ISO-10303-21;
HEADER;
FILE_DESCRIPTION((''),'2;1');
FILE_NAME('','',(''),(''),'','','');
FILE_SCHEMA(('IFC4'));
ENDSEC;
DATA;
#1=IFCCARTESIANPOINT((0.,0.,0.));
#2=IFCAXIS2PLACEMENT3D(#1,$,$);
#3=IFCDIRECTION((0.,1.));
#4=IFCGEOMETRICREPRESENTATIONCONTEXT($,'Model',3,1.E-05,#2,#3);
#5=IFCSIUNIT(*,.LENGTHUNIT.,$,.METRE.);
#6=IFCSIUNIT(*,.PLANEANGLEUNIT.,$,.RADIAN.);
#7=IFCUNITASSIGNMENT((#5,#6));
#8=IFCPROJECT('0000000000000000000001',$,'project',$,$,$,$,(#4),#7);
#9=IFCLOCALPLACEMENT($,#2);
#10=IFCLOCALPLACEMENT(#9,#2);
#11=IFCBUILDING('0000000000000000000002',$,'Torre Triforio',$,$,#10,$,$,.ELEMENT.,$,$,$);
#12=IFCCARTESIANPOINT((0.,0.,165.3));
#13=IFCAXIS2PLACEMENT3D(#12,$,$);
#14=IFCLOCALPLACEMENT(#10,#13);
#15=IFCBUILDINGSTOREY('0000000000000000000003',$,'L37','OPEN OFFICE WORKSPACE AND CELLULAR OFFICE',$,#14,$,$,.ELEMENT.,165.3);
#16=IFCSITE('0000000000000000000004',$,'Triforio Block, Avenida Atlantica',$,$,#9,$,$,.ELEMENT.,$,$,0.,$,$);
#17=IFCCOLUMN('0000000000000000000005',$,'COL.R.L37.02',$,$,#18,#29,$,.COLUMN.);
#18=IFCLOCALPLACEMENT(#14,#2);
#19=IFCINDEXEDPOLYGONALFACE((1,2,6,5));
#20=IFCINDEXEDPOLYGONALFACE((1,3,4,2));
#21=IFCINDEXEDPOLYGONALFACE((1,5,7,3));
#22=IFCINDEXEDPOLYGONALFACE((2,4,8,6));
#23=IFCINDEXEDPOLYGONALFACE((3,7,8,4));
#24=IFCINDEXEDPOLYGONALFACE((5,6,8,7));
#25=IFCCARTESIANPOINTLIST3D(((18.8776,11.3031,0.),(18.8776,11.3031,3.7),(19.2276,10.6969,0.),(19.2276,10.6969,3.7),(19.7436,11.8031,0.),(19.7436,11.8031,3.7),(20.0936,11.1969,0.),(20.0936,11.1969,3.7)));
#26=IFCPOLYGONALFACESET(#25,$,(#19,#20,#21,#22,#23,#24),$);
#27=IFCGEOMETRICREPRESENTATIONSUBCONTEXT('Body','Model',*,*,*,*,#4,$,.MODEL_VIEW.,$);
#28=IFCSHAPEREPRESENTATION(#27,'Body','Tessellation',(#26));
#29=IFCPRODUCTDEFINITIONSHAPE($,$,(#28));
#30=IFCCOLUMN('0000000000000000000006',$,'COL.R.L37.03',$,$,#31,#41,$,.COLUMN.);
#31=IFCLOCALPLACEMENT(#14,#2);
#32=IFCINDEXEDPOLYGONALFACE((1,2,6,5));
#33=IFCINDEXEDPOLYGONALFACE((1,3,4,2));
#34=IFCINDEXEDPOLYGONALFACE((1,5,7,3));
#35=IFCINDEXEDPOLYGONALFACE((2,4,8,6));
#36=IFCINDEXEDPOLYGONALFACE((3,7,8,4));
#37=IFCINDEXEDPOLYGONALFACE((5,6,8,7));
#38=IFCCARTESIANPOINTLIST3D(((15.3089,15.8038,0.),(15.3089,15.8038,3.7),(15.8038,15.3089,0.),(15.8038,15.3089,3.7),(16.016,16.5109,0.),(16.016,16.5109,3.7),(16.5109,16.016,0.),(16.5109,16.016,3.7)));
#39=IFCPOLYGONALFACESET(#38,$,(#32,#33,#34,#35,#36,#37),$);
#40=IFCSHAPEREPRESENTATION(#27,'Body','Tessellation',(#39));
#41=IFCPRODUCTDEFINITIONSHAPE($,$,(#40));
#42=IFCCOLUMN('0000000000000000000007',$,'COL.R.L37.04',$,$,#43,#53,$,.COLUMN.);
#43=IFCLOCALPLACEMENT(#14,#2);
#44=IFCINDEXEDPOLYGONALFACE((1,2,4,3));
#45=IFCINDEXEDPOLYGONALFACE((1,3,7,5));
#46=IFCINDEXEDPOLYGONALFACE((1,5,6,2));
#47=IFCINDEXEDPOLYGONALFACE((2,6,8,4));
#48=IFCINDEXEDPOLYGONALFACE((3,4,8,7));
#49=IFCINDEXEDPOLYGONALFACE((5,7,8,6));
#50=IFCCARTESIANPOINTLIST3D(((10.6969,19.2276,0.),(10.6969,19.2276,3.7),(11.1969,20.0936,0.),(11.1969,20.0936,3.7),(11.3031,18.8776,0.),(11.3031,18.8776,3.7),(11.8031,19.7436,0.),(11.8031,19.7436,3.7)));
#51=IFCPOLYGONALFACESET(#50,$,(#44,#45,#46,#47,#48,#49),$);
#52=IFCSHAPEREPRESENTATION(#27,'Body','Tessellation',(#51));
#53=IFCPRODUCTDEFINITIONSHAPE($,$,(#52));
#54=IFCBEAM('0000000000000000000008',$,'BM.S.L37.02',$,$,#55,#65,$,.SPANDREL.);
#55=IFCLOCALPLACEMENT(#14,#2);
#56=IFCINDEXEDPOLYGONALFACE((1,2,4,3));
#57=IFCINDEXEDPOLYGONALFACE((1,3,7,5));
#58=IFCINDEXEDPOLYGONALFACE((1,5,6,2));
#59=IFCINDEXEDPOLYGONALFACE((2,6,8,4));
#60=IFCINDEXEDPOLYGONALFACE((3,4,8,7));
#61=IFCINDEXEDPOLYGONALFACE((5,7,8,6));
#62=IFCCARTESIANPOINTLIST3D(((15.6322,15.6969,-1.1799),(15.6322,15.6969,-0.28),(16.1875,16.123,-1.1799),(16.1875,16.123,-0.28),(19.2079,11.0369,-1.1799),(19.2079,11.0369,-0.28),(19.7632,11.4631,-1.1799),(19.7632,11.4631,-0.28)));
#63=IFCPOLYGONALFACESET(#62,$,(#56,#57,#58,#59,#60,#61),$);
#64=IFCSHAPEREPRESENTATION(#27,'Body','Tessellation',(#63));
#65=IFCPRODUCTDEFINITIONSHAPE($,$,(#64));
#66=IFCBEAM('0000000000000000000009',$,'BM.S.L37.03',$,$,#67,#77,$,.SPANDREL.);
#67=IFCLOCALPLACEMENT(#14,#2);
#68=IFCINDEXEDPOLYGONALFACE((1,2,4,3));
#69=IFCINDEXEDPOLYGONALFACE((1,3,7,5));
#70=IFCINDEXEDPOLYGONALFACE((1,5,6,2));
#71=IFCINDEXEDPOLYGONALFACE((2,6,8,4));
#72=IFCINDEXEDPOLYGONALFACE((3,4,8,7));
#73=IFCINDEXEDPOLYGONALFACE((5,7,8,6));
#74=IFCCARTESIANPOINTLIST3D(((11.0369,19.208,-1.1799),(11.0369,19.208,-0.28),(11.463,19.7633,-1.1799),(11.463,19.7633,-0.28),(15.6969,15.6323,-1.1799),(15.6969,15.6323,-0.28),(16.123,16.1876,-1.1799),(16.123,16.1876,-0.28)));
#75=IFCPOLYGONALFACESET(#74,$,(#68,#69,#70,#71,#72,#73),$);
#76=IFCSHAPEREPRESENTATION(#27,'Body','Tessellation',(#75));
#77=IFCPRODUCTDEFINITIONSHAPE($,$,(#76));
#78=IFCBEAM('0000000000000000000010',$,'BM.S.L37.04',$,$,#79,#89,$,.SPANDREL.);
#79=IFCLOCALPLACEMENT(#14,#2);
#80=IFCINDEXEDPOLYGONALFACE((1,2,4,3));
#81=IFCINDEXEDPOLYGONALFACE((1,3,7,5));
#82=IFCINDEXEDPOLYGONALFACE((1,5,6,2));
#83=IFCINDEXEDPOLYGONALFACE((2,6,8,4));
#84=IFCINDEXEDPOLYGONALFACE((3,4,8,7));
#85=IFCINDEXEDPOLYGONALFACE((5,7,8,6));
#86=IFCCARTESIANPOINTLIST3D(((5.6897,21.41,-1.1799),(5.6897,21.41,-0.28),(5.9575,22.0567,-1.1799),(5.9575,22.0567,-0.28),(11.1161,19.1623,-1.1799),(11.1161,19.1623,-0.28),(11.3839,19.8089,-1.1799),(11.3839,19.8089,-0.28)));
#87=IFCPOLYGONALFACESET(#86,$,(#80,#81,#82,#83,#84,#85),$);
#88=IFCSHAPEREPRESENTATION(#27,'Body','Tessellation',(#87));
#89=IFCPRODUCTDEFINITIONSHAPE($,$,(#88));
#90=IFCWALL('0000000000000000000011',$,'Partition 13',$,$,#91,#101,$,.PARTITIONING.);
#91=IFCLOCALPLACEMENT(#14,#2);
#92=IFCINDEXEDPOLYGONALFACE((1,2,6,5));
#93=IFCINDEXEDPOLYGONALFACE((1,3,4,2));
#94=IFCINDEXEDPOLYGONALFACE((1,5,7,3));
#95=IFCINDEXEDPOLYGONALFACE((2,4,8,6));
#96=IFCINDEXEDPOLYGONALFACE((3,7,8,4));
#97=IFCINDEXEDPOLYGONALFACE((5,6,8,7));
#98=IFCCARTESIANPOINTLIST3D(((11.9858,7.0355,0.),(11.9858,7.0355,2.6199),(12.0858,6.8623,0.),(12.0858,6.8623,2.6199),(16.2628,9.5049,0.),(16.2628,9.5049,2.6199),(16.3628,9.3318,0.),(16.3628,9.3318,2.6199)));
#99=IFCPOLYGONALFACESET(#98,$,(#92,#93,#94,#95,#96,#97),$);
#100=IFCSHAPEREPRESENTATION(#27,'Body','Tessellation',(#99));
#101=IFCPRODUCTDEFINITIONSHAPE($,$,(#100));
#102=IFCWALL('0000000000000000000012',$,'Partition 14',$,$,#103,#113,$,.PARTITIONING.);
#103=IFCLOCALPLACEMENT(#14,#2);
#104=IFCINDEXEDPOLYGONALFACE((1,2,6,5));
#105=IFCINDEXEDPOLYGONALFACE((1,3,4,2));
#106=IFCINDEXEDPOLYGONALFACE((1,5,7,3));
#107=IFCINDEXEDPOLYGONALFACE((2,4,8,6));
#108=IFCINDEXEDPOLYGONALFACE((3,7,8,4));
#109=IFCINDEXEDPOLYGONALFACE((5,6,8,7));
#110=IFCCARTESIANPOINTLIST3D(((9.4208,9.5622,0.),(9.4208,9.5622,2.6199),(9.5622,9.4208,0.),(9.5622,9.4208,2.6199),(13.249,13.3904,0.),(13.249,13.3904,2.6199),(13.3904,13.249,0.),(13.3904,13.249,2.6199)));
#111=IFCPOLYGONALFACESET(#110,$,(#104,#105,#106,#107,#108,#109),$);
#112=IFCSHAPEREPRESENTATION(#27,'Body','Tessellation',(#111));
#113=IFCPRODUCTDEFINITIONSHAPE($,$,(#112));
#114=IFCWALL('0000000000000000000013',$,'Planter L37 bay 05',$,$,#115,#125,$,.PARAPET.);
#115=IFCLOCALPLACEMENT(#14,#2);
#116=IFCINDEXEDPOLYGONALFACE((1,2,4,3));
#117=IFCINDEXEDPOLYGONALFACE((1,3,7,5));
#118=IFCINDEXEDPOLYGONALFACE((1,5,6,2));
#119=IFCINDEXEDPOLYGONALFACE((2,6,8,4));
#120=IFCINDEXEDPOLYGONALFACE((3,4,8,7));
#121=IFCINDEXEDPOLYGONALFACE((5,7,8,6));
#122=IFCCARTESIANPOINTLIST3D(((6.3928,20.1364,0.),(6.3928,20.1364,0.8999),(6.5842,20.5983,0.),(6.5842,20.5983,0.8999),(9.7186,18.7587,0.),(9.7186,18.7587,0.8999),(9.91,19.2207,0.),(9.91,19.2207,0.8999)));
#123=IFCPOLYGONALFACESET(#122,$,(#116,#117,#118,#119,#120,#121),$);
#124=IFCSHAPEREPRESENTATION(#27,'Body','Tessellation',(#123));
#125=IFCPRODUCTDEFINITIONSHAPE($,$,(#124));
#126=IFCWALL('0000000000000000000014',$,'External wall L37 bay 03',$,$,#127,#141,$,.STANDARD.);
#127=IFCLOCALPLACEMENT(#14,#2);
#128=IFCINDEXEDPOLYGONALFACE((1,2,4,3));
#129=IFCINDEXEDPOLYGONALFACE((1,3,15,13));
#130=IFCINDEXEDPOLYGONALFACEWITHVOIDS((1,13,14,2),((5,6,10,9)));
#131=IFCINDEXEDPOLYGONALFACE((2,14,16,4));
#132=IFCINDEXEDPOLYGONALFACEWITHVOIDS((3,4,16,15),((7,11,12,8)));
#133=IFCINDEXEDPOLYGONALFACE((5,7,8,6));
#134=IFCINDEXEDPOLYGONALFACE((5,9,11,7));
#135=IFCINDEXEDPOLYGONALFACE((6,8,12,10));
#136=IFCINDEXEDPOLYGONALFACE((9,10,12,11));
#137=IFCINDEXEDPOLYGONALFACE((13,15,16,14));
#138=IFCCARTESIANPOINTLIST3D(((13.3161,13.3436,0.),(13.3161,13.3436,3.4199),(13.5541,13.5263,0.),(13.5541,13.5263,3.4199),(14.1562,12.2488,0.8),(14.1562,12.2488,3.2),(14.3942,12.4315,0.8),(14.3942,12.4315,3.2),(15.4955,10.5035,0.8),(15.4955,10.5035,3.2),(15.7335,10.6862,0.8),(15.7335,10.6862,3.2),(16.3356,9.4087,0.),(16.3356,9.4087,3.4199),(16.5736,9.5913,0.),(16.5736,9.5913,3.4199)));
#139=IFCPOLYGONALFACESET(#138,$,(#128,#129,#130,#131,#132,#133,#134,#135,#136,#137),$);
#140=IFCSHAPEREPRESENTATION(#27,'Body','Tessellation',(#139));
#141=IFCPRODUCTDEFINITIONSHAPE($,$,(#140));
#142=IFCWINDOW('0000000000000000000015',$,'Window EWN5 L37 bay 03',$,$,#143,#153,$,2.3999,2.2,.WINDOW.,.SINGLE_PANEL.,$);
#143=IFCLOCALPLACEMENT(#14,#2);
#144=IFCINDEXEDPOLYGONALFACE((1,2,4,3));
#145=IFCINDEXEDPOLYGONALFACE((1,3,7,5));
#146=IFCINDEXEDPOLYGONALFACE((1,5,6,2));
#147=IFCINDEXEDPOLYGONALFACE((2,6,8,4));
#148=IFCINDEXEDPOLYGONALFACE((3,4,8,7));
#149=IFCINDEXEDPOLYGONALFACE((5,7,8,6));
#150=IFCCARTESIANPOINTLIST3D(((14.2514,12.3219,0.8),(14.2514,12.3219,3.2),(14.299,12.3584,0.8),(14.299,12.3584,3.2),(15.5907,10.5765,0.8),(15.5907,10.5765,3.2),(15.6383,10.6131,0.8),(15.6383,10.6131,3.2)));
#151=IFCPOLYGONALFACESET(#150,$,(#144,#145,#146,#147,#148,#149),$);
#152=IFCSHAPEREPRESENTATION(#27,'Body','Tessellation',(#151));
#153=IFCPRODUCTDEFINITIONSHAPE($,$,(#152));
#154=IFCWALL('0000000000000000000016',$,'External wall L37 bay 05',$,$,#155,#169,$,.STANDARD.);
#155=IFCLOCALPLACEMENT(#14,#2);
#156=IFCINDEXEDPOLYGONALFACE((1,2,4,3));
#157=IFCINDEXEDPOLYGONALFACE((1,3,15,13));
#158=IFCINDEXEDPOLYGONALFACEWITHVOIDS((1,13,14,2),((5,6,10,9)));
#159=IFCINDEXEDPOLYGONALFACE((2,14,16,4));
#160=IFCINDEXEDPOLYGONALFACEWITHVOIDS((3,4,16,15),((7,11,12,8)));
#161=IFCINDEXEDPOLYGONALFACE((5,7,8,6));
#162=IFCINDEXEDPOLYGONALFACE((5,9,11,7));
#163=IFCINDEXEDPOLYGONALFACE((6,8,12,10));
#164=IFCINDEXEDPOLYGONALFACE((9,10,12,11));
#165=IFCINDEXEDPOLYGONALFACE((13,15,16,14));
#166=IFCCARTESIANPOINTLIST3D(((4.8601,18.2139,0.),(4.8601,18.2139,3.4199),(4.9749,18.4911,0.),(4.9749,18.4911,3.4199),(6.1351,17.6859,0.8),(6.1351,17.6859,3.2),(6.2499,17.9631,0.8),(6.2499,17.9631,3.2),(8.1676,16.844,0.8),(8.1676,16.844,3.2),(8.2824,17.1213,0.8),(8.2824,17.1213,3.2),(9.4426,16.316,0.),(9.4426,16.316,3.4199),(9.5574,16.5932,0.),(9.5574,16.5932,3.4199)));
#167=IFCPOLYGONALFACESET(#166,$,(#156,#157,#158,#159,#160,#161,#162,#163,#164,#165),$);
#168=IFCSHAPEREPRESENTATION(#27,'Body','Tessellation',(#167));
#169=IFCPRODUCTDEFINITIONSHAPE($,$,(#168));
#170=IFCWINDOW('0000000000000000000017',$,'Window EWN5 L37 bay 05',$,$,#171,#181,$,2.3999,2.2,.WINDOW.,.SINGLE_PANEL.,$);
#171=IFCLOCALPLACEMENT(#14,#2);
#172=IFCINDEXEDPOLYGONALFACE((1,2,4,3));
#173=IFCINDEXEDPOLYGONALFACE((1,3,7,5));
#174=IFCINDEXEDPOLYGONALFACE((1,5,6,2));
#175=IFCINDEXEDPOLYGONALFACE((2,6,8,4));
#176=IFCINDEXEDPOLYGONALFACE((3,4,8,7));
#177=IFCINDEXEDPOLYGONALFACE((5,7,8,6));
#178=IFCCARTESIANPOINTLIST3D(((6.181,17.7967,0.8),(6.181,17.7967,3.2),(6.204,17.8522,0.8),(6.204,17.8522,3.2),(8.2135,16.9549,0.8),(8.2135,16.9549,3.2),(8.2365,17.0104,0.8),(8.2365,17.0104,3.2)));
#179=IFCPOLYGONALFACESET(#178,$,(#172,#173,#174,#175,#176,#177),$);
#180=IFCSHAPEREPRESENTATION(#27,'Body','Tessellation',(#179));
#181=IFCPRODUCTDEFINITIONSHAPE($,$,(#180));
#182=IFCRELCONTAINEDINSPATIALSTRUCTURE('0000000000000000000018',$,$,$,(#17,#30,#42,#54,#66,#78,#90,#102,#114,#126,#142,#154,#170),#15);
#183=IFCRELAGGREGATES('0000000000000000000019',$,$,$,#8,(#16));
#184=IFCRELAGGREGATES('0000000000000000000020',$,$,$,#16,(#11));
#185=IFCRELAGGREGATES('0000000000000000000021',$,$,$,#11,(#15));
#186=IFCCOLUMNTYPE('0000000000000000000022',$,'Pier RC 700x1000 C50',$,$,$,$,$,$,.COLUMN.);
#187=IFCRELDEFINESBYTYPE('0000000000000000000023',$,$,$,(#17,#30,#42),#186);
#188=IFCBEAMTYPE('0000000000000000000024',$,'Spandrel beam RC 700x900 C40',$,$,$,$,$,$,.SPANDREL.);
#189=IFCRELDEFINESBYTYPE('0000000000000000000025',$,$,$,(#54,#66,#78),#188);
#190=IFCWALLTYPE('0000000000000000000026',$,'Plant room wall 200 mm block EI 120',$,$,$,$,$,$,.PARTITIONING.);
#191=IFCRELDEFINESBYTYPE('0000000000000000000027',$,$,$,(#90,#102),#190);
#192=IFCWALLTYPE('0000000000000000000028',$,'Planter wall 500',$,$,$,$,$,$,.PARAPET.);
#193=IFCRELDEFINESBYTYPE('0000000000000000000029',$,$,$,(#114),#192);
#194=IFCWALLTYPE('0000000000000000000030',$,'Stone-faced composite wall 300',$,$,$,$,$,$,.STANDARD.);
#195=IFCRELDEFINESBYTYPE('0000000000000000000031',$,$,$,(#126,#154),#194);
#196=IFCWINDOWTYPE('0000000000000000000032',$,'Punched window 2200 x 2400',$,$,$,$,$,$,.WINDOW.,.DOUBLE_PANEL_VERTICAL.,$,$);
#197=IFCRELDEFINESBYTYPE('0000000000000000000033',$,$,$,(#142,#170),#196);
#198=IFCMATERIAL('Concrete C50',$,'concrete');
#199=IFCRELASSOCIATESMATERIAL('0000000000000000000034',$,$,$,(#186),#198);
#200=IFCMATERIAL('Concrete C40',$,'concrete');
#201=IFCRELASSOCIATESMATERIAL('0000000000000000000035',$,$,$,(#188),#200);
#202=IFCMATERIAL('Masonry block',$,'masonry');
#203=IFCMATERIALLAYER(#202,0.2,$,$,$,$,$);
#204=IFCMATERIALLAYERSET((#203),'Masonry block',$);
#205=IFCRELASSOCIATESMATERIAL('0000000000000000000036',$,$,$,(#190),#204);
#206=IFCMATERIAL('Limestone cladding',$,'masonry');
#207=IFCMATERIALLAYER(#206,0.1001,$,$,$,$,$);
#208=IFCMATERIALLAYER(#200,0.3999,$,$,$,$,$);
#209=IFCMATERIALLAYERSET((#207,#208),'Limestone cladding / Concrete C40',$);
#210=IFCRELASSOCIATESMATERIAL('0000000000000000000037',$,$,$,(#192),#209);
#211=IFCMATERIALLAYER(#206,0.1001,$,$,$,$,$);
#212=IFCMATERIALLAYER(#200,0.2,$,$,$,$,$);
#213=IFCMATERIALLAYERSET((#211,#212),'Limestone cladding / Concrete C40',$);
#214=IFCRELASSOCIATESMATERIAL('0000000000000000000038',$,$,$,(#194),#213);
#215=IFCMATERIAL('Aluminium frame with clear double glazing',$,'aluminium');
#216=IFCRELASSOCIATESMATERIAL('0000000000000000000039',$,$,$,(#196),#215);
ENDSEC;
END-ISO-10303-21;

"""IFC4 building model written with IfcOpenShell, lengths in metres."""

from ifc_helpers import new_model, si_unit, direction, frame, frame_2d, origin, origin_2d, place, context, subcontext, project, spatial, rectangle, extrude, material, layer, layer_set, material_profile, profile_set, type_object, element, fill, save


model = new_model("IFC4")

# Units and contexts
model_context = context("Model", 3, precision=1e-05, world=origin(), true_north=direction((0.0, 1.0)))
body_context = subcontext(model_context, "Body", "Model", "MODEL_VIEW")
ifc_project = project(units=[si_unit("LENGTHUNIT", "METRE"), si_unit("PLANEANGLEUNIT", "RADIAN")], contexts=[model_context])

# Site, building, storey
site_placement = place(None, origin())
site = spatial("IfcSite", under=ifc_project, at=site_placement, Name="Triforio Block, Avenida Atlantica", CompositionType="ELEMENT", RefElevation=0.0)
building_placement = place(site_placement, origin())
building = spatial("IfcBuilding", under=site, at=building_placement, Name="Torre Triforio", CompositionType="ELEMENT")
storey_placement = place(building_placement, frame((0.0, 0.0, 165.3)))
storey = spatial("IfcBuildingStorey", under=building, at=storey_placement, Name="L37", Description="OPEN OFFICE WORKSPACE AND CELLULAR OFFICE", CompositionType="ELEMENT", Elevation=165.3)

# Columns
ifc_material_1 = material(Name="Concrete C50", Category="concrete")
ifc_material_profile_1 = material_profile(ifc_material_1, rectangle(XDim=0.7, YDim=1.0, at=origin_2d()), Name="RC 700x1000")
ifc_profile_set_1 = profile_set([ifc_material_profile_1], Name="Concrete C50")
column_type = type_object("IfcColumnType", Name="Pier RC 700x1000 C50", PredefinedType="COLUMN", material=ifc_profile_set_1)
for number, where, z_axis, x_axis, name in (
    (1, (19.4856, 11.25, 0.0), (0.0, 0.0, 1.0), (-0.5, 0.866025, 0.0), "COL.R.L37.02"),
    (2, (15.9099, 15.9099, 0.0), (0.0, 0.0, 1.0), (-0.707107, 0.707107, 0.0), "COL.R.L37.03"),
    (3, (11.25, 19.4856, 0.0), (0.0, 0.0, 1.0), (-0.866025, 0.5, 0.0), "COL.R.L37.04"),
):
    element("IfcColumn", number, at=place(storey_placement, frame(where, z_axis=z_axis, x_axis=x_axis)), inside=storey, type_object=column_type, Name=name, PredefinedType="COLUMN", context=body_context, shape_type="SweptSolid", body=[
        extrude(rectangle(XDim=0.7, YDim=1.0, at=origin_2d()), origin(), (0.0, 0.0, 1.0), 3.7),
    ])

# Beams
ifc_material_2 = material(Name="Concrete C40", Category="concrete")
ifc_material_profile_2 = material_profile(ifc_material_2, rectangle(XDim=0.7, YDim=0.8999, at=origin_2d()), Name="RC 700x900")
ifc_profile_set_2 = profile_set([ifc_material_profile_2], Name="Concrete C40")
beam_type = type_object("IfcBeamType", Name="Spandrel beam RC 700x900 C40", PredefinedType="SPANDREL", material=ifc_profile_set_2)
for number, where, z_axis, x_axis, name in (
    (4, (19.4856, 11.25, -0.73), (-0.608762, 0.793353, 0.0), (-0.793353, -0.608762, 0.0), "BM.S.L37.02"),
    (5, (15.9099, 15.9099, -0.73), (-0.793353, 0.608762, 0.0), (-0.608762, -0.793353, 0.0), "BM.S.L37.03"),
):
    element("IfcBeam", number, at=place(storey_placement, frame(where, z_axis=z_axis, x_axis=x_axis)), inside=storey, type_object=beam_type, Name=name, PredefinedType="SPANDREL", context=body_context, shape_type="SweptSolid", body=[
        extrude(rectangle(XDim=0.7, YDim=0.8999, at=origin_2d()), origin(), (0.0, 0.0, 1.0), 5.8738),
    ])
beam_placement = place(storey_placement, frame((11.25, 19.4856, -0.73), z_axis=(-0.923875, 0.382693, 0.0), x_axis=(-0.382693, -0.923875, 0.0)))
element("IfcBeam", 6, at=beam_placement, inside=storey, type_object=beam_type, Name="BM.S.L37.04", PredefinedType="SPANDREL", context=body_context, shape_type="SweptSolid", body=[
    extrude(rectangle(XDim=0.7, YDim=0.8999, at=origin_2d()), origin(), (0.0, 0.0, 1.0), 5.8735),
])

# Walls
ifc_material_3 = material(Name="Masonry block", Category="masonry")
ifc_layer_1 = layer(ifc_material_3, 0.2)
ifc_layer_set_1 = layer_set([ifc_layer_1], Name="Masonry block")
wall_type_1 = type_object("IfcWallType", Name="Plant room wall 200 mm block EI 120", PredefinedType="PARTITIONING", material=ifc_layer_set_1)
wall_1_placement = place(storey_placement, frame((12.0359, 6.949, 0.0), z_axis=(0.0, 0.0, 1.0), x_axis=(0.866017, 0.500015, 0.0)))
element("IfcWall", 7, at=wall_1_placement, inside=storey, type_object=wall_type_1, Name="Partition 13", PredefinedType="PARTITIONING", context=body_context, shape_type="SweptSolid", body=[
    extrude(rectangle(XDim=4.9387, YDim=0.2, at=frame_2d((2.4692, 0.0))), origin(), (0.0, 0.0, 1.0), 2.6199),
])
wall_2_placement = place(storey_placement, frame((9.4915, 9.4915, 0.0), z_axis=(0.0, 0.0, 1.0), x_axis=(0.707107, 0.707107, 0.0)))
element("IfcWall", 8, at=wall_2_placement, inside=storey, type_object=wall_type_1, Name="Partition 14", PredefinedType="PARTITIONING", context=body_context, shape_type="SweptSolid", body=[
    extrude(rectangle(XDim=5.4138, YDim=0.2, at=frame_2d((2.707, 0.0))), origin(), (0.0, 0.0, 1.0), 2.6199),
])
ifc_material_4 = material(Name="Limestone cladding", Category="masonry")
ifc_layer_2 = layer(ifc_material_4, 0.1001)
ifc_layer_3 = layer(ifc_material_2, 0.3999)
ifc_layer_set_2 = layer_set([ifc_layer_2, ifc_layer_3], Name="Limestone cladding / Concrete C40")
wall_type_2 = type_object("IfcWallType", Name="Planter wall 500", PredefinedType="PARAPET", material=ifc_layer_set_2)
wall_3_placement = place(storey_placement, frame((9.8142, 18.9897, 0.0), z_axis=(0.0, 0.0, 1.0), x_axis=(-0.923875, 0.382693, 0.0)))
element("IfcWall", 9, at=wall_3_placement, inside=storey, type_object=wall_type_2, Name="Planter L37 bay 05", PredefinedType="PARAPET", context=body_context, shape_type="SweptSolid", body=[
    extrude(rectangle(XDim=3.5999, YDim=0.5, at=frame_2d((1.7998, 0.0))), origin(), (0.0, 0.0, 1.0), 0.8999),
])

# Wall, opening, window
ifc_layer_4 = layer(ifc_material_4, 0.1001)
ifc_layer_5 = layer(ifc_material_2, 0.2)
ifc_layer_set_3 = layer_set([ifc_layer_4, ifc_layer_5], Name="Limestone cladding / Concrete C40")
wall_type_3 = type_object("IfcWallType", Name="Stone-faced composite wall 300", PredefinedType="STANDARD", material=ifc_layer_set_3)
wall_4_placement = place(storey_placement, frame((16.4546, 9.5, 0.0), z_axis=(0.0, 0.0, 1.0), x_axis=(-0.608768, 0.793348, 0.0)))
wall_4 = element("IfcWall", 10, at=wall_4_placement, inside=storey, type_object=wall_type_3, Name="External wall L37 bay 03", PredefinedType="STANDARD", context=body_context, shape_type="SweptSolid", body=[
    extrude(rectangle(XDim=4.96, YDim=0.3, at=frame_2d((2.48, 0.0))), origin(), (0.0, 0.0, 1.0), 3.4199),
])
opening_1_placement = place(wall_4_placement, frame((1.3799, 0.0, 0.8)))
opening_1 = element("IfcOpeningElement", 11, at=opening_1_placement, cuts=wall_4, PredefinedType="OPENING", context=body_context, shape_type="SweptSolid", body=[
    extrude(rectangle(XDim=2.2, YDim=2.3999, at=frame_2d((1.1001, 1.2))), frame((0.0, 0.1599, 0.0), z_axis=(0.0, -1.0, 0.0), x_axis=(1.0, 0.0, 0.0)), (0.0, 0.0, 1.0), 0.3201),
])
ifc_material_5 = material(Name="Aluminium frame with clear double glazing", Category="aluminium")
window_type_1 = type_object("IfcWindowType", Name="Punched window 2200 x 2400", PartitioningType="DOUBLE_PANEL_VERTICAL", PredefinedType="WINDOW", material=ifc_material_5)
window_1_placement = place(opening_1_placement, origin())
window_1 = element("IfcWindow", 12, at=window_1_placement, inside=storey, type_object=window_type_1, Name="Window EWN5 L37 bay 03", OverallHeight=2.3999, OverallWidth=2.2, PartitioningType="SINGLE_PANEL", PredefinedType="WINDOW", context=body_context, shape_type="SweptSolid", body=[
    extrude(rectangle(XDim=2.2, YDim=2.3999, at=frame_2d((1.1001, 1.2))), frame((0.0, 0.03, 0.0), z_axis=(0.0, -1.0, 0.0), x_axis=(1.0, 0.0, 0.0)), (0.0, 0.0, 1.0), 0.0601),
])
fill(opening_1, window_1)

# Wall, opening, window
wall_5_placement = place(storey_placement, frame((9.5, 16.4546, 0.0), z_axis=(0.0, 0.0, 1.0), x_axis=(-0.923893, 0.38265, 0.0)))
wall_5 = element("IfcWall", 13, at=wall_5_placement, inside=storey, type_object=wall_type_3, Name="External wall L37 bay 05", PredefinedType="STANDARD", context=body_context, shape_type="SweptSolid", body=[
    extrude(rectangle(XDim=4.96, YDim=0.3, at=frame_2d((2.48, 0.0))), origin(), (0.0, 0.0, 1.0), 3.4199),
])
opening_2_placement = place(wall_5_placement, frame((1.3799, 0.0, 0.8)))
opening_2 = element("IfcOpeningElement", 14, at=opening_2_placement, cuts=wall_5, PredefinedType="OPENING", context=body_context, shape_type="SweptSolid", body=[
    extrude(rectangle(XDim=2.2, YDim=2.3999, at=frame_2d((1.1001, 1.2))), frame((0.0, 0.1599, 0.0), z_axis=(0.0, -1.0, 0.0), x_axis=(1.0, 0.0, 0.0)), (0.0, 0.0, 1.0), 0.3201),
])
window_2_placement = place(opening_2_placement, origin())
window_2 = element("IfcWindow", 15, at=window_2_placement, inside=storey, type_object=window_type_1, Name="Window EWN5 L37 bay 05", OverallHeight=2.3999, OverallWidth=2.2, PartitioningType="SINGLE_PANEL", PredefinedType="WINDOW", context=body_context, shape_type="SweptSolid", body=[
    extrude(rectangle(XDim=2.2, YDim=2.3999, at=frame_2d((1.1001, 1.2))), frame((0.0, 0.03, 0.0), z_axis=(0.0, -1.0, 0.0), x_axis=(1.0, 0.0, 0.0)), (0.0, 0.0, 1.0), 0.0601),
])
fill(opening_2, window_2)

save(model, "model.ifc")
